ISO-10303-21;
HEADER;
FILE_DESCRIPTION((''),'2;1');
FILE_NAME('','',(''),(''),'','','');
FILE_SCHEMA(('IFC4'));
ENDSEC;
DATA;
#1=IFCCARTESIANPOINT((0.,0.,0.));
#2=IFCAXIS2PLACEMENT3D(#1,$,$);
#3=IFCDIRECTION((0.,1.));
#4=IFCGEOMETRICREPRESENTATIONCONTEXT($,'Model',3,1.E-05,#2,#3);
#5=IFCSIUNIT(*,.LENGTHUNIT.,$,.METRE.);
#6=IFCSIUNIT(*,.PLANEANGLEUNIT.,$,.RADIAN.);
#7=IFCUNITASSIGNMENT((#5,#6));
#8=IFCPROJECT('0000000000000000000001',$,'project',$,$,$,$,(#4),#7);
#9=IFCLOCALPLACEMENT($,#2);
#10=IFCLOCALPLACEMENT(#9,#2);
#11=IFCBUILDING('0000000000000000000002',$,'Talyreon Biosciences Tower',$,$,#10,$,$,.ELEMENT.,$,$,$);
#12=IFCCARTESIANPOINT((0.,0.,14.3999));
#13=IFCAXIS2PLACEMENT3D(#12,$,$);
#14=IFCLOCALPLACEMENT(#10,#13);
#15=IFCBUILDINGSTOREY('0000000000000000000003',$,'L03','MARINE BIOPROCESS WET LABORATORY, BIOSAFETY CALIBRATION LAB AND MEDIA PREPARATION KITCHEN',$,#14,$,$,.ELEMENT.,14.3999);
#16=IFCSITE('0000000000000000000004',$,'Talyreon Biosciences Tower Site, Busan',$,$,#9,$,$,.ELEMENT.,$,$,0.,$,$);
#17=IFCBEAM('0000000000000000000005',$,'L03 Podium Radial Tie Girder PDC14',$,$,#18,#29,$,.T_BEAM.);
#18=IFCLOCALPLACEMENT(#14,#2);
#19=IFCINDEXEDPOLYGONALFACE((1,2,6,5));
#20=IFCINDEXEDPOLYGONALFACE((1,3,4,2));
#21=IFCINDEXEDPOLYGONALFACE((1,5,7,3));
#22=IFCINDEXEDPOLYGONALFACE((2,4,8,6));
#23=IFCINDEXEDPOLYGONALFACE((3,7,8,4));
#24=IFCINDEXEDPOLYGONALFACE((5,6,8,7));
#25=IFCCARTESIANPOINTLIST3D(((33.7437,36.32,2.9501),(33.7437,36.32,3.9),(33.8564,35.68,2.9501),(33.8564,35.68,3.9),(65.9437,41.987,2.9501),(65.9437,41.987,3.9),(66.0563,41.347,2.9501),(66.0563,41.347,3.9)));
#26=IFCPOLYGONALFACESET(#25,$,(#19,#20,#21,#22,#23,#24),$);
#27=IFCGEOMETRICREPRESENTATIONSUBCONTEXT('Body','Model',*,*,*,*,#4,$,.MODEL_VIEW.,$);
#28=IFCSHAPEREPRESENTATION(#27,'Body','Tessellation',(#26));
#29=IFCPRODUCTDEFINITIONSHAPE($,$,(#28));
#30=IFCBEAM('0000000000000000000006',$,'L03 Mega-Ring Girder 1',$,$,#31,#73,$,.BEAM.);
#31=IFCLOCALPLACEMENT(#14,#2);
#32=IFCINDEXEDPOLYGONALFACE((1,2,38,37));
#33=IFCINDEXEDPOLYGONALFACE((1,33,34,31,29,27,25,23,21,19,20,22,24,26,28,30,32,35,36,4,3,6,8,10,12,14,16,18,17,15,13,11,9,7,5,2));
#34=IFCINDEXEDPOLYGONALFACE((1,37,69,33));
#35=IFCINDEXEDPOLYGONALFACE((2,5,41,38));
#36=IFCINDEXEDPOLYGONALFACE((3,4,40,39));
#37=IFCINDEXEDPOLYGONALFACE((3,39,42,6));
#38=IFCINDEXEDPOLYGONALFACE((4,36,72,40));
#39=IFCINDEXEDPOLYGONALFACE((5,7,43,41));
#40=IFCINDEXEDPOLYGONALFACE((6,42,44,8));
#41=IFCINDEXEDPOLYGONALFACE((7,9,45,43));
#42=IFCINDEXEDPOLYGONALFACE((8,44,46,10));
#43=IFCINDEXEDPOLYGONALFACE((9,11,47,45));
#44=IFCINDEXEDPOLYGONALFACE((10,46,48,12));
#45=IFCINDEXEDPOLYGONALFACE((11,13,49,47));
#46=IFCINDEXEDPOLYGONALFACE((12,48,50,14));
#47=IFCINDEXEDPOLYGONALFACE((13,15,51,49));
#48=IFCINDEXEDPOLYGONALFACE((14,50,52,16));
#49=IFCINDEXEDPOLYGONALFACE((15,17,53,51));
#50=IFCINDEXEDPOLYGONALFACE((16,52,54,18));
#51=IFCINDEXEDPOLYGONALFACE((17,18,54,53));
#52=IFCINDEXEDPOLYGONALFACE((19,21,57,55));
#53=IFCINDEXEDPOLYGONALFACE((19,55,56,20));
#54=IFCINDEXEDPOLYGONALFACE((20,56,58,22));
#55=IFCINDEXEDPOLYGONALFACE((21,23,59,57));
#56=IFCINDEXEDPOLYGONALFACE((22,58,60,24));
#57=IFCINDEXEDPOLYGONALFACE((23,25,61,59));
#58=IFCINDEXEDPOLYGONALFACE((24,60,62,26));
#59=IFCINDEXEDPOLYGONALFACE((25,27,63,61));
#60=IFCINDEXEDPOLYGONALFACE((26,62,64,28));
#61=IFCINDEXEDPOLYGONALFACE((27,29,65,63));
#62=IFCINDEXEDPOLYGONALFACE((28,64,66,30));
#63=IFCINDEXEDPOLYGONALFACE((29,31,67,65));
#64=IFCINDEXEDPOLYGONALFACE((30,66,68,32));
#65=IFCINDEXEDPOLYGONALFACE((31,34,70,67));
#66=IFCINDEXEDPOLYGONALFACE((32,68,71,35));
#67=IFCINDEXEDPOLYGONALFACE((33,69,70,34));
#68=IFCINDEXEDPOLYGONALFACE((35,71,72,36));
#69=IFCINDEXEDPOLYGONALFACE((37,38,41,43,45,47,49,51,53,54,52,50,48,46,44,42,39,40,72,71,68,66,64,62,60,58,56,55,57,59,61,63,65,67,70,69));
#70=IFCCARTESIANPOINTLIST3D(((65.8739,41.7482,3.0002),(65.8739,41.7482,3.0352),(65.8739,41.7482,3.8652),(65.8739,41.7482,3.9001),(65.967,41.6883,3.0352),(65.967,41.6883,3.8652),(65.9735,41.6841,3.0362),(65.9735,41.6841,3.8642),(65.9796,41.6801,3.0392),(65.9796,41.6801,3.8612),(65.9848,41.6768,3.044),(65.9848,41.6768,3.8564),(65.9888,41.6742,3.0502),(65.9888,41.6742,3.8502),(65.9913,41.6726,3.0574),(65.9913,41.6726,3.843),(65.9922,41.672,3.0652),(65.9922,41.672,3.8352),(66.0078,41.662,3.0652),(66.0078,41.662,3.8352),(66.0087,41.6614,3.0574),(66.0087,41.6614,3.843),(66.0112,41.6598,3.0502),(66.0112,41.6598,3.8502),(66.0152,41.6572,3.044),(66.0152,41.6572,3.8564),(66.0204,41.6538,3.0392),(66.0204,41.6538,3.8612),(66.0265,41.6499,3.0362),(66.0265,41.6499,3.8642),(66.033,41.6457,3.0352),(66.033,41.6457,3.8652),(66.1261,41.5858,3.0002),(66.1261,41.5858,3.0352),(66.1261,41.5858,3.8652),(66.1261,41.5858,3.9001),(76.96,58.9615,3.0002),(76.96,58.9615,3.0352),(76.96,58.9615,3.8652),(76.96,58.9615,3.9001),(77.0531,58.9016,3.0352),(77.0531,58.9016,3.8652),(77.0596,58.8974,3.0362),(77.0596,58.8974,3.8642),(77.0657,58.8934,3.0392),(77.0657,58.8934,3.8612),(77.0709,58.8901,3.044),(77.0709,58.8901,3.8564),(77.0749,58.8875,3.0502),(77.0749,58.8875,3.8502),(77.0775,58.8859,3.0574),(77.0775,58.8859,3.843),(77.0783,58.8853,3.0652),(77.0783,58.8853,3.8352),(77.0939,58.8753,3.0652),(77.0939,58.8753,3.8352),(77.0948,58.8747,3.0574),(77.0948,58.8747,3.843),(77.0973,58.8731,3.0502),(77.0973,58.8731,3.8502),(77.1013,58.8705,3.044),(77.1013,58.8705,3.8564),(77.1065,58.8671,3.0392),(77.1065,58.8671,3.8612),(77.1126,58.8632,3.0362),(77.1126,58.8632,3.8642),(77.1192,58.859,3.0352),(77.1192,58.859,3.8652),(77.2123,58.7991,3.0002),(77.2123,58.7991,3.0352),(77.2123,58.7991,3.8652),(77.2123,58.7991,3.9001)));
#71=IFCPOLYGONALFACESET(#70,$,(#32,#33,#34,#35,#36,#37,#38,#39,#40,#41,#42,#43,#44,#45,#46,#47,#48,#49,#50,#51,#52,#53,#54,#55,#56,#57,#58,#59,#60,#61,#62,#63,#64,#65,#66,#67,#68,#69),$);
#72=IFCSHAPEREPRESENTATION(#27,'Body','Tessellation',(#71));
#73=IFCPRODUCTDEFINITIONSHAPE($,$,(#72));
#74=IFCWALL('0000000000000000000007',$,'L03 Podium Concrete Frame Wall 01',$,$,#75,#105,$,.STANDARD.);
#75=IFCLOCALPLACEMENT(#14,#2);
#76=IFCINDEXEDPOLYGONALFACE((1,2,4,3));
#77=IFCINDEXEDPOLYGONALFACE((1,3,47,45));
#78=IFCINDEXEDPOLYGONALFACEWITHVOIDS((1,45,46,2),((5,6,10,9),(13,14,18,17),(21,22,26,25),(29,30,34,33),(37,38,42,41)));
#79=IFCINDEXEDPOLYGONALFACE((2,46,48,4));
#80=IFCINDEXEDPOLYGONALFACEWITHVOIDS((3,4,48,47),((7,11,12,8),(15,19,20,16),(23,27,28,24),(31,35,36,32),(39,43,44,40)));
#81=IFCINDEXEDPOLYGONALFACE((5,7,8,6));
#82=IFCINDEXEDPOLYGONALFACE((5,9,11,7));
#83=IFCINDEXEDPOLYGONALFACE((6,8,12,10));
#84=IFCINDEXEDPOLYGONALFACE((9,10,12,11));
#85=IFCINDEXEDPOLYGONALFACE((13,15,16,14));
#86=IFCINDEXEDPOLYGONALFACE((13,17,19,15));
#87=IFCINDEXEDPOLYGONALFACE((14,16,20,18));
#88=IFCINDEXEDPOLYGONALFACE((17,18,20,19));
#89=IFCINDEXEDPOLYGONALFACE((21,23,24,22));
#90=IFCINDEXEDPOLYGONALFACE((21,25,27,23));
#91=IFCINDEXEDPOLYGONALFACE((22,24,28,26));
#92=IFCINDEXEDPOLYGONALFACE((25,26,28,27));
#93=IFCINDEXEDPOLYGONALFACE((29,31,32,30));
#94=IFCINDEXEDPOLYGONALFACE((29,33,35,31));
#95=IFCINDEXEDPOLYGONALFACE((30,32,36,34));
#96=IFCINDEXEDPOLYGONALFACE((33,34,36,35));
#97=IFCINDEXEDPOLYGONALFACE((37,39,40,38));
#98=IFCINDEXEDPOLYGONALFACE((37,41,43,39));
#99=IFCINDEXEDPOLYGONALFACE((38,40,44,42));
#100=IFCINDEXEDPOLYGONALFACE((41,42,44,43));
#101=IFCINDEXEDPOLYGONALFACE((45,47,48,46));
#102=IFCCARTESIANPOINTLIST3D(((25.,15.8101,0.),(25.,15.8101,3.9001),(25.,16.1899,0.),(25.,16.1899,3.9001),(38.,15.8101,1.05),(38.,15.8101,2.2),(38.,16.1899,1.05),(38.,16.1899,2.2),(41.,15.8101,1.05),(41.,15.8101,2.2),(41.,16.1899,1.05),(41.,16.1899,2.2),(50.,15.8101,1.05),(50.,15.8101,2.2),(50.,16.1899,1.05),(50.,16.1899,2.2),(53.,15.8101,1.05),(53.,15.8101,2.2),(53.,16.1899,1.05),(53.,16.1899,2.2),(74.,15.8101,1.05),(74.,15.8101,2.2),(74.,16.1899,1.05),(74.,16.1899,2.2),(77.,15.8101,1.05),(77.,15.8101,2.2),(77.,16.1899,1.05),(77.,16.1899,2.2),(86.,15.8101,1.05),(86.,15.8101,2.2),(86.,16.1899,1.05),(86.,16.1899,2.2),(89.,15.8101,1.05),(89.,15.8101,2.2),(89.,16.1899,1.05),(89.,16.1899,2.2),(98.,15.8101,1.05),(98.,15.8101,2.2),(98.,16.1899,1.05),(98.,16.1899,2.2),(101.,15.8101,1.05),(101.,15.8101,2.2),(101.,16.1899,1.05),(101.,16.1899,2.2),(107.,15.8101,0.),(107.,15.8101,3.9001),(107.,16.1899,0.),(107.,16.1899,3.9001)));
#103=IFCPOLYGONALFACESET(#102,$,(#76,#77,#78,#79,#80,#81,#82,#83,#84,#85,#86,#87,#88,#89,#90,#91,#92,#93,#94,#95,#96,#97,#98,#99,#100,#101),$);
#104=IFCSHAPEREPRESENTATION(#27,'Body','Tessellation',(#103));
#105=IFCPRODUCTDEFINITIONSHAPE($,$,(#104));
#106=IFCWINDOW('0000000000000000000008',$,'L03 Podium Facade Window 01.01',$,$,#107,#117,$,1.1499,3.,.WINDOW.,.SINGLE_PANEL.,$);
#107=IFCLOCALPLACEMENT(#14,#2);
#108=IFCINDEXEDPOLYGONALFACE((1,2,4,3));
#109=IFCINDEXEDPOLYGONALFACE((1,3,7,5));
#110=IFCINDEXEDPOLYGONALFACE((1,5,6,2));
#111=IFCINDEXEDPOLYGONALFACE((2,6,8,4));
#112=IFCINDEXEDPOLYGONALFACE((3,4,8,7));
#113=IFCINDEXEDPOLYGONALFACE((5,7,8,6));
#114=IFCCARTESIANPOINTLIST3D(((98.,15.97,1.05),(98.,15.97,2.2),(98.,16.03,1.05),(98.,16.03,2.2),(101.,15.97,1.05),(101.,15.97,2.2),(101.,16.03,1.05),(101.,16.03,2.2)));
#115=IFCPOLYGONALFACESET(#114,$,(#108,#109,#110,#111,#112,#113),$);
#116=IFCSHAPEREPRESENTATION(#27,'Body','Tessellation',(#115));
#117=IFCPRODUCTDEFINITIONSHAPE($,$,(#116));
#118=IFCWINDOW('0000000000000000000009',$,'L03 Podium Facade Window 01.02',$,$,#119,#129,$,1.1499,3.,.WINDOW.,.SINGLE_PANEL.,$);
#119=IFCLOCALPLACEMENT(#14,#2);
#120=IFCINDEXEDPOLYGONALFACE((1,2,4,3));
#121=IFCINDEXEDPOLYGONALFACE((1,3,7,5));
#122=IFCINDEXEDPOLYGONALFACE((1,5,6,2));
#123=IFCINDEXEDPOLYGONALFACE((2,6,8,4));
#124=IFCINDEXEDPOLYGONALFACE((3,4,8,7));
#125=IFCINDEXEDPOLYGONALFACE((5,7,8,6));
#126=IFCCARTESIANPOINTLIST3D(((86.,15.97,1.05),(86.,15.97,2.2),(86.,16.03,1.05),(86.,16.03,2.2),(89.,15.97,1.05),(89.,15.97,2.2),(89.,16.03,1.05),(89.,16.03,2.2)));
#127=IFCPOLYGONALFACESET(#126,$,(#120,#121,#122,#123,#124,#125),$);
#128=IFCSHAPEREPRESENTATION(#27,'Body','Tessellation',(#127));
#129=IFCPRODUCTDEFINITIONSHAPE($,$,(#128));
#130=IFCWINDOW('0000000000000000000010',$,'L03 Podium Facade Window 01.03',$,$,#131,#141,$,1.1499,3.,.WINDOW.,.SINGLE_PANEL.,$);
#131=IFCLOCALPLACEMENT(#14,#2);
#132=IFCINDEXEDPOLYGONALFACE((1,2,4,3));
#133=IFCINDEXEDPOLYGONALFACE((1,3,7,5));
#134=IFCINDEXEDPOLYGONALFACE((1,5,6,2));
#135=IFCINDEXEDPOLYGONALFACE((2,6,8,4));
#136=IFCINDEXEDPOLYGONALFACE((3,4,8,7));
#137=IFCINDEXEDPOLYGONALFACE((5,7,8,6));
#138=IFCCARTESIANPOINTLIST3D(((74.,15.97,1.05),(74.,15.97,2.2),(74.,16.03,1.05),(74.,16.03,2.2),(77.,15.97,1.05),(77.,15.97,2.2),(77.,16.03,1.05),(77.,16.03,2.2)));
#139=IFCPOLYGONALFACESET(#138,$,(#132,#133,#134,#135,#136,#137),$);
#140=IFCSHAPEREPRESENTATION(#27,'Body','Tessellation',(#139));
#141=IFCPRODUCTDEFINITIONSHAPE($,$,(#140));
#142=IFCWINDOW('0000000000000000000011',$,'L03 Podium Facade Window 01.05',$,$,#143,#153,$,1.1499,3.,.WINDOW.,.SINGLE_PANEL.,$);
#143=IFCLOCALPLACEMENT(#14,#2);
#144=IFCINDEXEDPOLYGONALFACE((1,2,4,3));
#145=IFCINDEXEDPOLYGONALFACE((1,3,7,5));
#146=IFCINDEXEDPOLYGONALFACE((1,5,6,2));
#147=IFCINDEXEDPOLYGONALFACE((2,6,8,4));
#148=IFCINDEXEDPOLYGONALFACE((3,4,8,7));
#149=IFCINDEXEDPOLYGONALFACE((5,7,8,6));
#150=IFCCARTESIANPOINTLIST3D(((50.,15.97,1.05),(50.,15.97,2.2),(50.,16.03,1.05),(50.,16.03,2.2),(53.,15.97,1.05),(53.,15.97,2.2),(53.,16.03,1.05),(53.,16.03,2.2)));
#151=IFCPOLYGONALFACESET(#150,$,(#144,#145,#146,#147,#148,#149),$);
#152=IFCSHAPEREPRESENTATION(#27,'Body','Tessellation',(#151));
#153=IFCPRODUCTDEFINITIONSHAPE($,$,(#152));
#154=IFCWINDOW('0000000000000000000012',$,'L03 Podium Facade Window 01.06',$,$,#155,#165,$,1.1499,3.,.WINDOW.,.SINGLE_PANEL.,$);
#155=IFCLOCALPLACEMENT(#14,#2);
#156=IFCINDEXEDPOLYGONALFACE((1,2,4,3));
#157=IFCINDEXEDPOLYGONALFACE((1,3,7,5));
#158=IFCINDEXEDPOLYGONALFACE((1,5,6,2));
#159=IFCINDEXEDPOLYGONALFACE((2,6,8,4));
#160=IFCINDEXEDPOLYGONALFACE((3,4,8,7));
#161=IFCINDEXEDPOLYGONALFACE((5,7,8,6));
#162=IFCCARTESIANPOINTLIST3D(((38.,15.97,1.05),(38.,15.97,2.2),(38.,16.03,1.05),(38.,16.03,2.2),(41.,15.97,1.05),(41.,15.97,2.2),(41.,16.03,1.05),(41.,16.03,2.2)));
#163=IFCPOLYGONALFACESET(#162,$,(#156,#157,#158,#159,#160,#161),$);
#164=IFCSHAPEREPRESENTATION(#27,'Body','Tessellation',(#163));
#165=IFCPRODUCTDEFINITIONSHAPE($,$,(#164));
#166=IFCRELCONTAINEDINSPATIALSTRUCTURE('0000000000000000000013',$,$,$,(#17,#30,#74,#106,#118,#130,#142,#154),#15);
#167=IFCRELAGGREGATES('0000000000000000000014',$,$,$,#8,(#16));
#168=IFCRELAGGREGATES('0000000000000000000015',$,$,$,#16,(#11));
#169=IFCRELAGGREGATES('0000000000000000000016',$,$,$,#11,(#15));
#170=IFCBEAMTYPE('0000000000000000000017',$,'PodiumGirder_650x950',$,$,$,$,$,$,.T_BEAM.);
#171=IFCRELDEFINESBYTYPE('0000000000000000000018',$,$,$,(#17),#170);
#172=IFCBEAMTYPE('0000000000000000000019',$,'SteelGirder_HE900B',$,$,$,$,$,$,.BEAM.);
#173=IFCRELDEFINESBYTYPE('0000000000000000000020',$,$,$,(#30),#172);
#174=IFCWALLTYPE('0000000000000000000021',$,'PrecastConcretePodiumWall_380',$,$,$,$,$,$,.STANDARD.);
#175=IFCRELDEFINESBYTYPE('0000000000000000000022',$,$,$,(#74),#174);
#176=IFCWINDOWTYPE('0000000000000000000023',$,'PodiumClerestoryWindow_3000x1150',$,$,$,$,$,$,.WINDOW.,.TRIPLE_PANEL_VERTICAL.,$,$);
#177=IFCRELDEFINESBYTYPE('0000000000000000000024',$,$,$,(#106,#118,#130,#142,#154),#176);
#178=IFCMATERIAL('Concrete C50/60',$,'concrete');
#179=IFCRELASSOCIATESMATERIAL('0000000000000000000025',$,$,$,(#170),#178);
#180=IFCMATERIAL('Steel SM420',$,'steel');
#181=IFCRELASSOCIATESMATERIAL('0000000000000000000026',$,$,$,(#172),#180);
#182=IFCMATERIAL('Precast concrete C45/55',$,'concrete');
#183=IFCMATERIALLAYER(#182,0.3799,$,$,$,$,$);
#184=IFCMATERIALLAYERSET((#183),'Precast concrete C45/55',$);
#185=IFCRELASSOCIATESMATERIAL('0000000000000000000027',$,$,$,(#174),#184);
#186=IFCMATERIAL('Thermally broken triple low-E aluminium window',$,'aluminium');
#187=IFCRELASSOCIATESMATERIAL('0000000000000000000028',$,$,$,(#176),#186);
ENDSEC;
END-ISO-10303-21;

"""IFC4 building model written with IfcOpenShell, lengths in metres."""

from ifc_helpers import new_model, si_unit, direction, frame, frame_2d, origin, origin_2d, place, context, subcontext, project, spatial, rectangle, i_section, extrude, material, layer, layer_set, material_profile, profile_set, type_object, element, fill, save


model = new_model("IFC4")

# Units and contexts
model_context = context("Model", 3, precision=1e-05, world=origin(), true_north=direction((0.0, 1.0)))
body_context = subcontext(model_context, "Body", "Model", "MODEL_VIEW")
ifc_project = project(units=[si_unit("LENGTHUNIT", "METRE"), si_unit("PLANEANGLEUNIT", "RADIAN")], contexts=[model_context])

# Site, building, storey
site_placement = place(None, origin())
site = spatial("IfcSite", under=ifc_project, at=site_placement, Name="Talyreon Biosciences Tower Site, Busan", CompositionType="ELEMENT", RefElevation=0.0)
building_placement = place(site_placement, origin())
building = spatial("IfcBuilding", under=site, at=building_placement, Name="Talyreon Biosciences Tower", CompositionType="ELEMENT")
storey_placement = place(building_placement, frame((0.0, 0.0, 14.3999)))
storey = spatial("IfcBuildingStorey", under=building, at=storey_placement, Name="L03", Description="MARINE BIOPROCESS WET LABORATORY, BIOSAFETY CALIBRATION LAB AND MEDIA PREPARATION KITCHEN", CompositionType="ELEMENT", Elevation=14.3999)

# Beams
ifc_material_1 = material(Name="Concrete C50/60", Category="concrete")
ifc_material_profile_1 = material_profile(ifc_material_1, rectangle(XDim=0.6499, YDim=0.95, at=origin_2d()), Name="RCB 650x950")
ifc_profile_set_1 = profile_set([ifc_material_profile_1], Name="Concrete C50/60")
beam_type_1 = type_object("IfcBeamType", Name="PodiumGirder_650x950", PredefinedType="T_BEAM", material=ifc_profile_set_1)
beam_1_placement = place(storey_placement, frame((66.0, 41.667, 3.425), z_axis=(-0.984864, -0.17333, 0.0), x_axis=(0.17333, -0.984864, 0.0)))
element("IfcBeam", 1, at=beam_1_placement, inside=storey, type_object=beam_type_1, Name="L03 Podium Radial Tie Girder PDC14", PredefinedType="T_BEAM", context=body_context, shape_type="SweptSolid", body=[
    extrude(rectangle(XDim=0.6499, YDim=0.95, at=origin_2d()), origin(), (0.0, 0.0, 1.0), 32.6948),
])
ifc_material_2 = material(Name="Steel SM420", Category="steel")
ifc_material_profile_2 = material_profile(ifc_material_2, i_section(OverallWidth=0.3, OverallDepth=0.8999, WebThickness=0.0186, FlangeThickness=0.0349, FilletRadius=0.03, at=origin_2d()), Name="HE900B")
ifc_profile_set_2 = profile_set([ifc_material_profile_2], Name="Steel SM420")
beam_type_2 = type_object("IfcBeamType", Name="SteelGirder_HE900B", PredefinedType="BEAM", material=ifc_profile_set_2)
beam_2_placement = place(storey_placement, frame((66.0, 41.667, 3.4502), z_axis=(0.541464, 0.840724, 0.0), x_axis=(-0.840724, 0.541464, 0.0)))
element("IfcBeam", 2, at=beam_2_placement, inside=storey, type_object=beam_type_2, Name="L03 Mega-Ring Girder 1", PredefinedType="BEAM", context=body_context, shape_type="SweptSolid", body=[
    extrude(i_section(OverallWidth=0.3, OverallDepth=0.8999, WebThickness=0.0186, FlangeThickness=0.0349, FilletRadius=0.03, at=origin_2d()), origin(), (0.0, 0.0, 1.0), 20.4744),
])

# Wall, openings, windows
ifc_material_3 = material(Name="Precast concrete C45/55", Category="concrete")
ifc_layer = layer(ifc_material_3, 0.3799)
ifc_layer_set = layer_set([ifc_layer], Name="Precast concrete C45/55")
wall_type = type_object("IfcWallType", Name="PrecastConcretePodiumWall_380", PredefinedType="STANDARD", material=ifc_layer_set)
wall_placement = place(storey_placement, frame((107.0, 16.0, 0.0), z_axis=(0.0, 0.0, 1.0), x_axis=(-1.0, 0.0, 0.0)))
wall = element("IfcWall", 3, at=wall_placement, inside=storey, type_object=wall_type, Name="L03 Podium Concrete Frame Wall 01", PredefinedType="STANDARD", context=body_context, shape_type="SweptSolid", body=[
    extrude(rectangle(XDim=82.0, YDim=0.3799, at=frame_2d((41.0, 0.0))), origin(), (0.0, 0.0, 1.0), 3.9001),
])
opening_1_placement = place(wall_placement, frame((6.0, 0.0, 1.05)))
opening_1 = element("IfcOpeningElement", 4, at=opening_1_placement, cuts=wall, PredefinedType="OPENING", context=body_context, shape_type="SweptSolid", body=[
    extrude(rectangle(XDim=3.0, YDim=1.1499, at=frame_2d((1.5, 0.575))), frame((0.0, 0.2, 0.0), z_axis=(0.0, -1.0, 0.0), x_axis=(1.0, 0.0, 0.0)), (0.0, 0.0, 1.0), 0.3999),
])
opening_2_placement = place(wall_placement, frame((18.0, 0.0, 1.05)))
opening_2 = element("IfcOpeningElement", 5, at=opening_2_placement, cuts=wall, PredefinedType="OPENING", context=body_context, shape_type="SweptSolid", body=[
    extrude(rectangle(XDim=3.0, YDim=1.1499, at=frame_2d((1.5, 0.575))), frame((0.0, 0.2, 0.0), z_axis=(0.0, -1.0, 0.0), x_axis=(1.0, 0.0, 0.0)), (0.0, 0.0, 1.0), 0.3999),
])
opening_3_placement = place(wall_placement, frame((30.0, 0.0, 1.05)))
opening_3 = element("IfcOpeningElement", 6, at=opening_3_placement, cuts=wall, PredefinedType="OPENING", context=body_context, shape_type="SweptSolid", body=[
    extrude(rectangle(XDim=3.0, YDim=1.1499, at=frame_2d((1.5, 0.575))), frame((0.0, 0.2, 0.0), z_axis=(0.0, -1.0, 0.0), x_axis=(1.0, 0.0, 0.0)), (0.0, 0.0, 1.0), 0.3999),
])
opening_4_placement = place(wall_placement, frame((54.0, 0.0, 1.05)))
opening_4 = element("IfcOpeningElement", 7, at=opening_4_placement, cuts=wall, PredefinedType="OPENING", context=body_context, shape_type="SweptSolid", body=[
    extrude(rectangle(XDim=3.0, YDim=1.1499, at=frame_2d((1.5, 0.575))), frame((0.0, 0.2, 0.0), z_axis=(0.0, -1.0, 0.0), x_axis=(1.0, 0.0, 0.0)), (0.0, 0.0, 1.0), 0.3999),
])
opening_5_placement = place(wall_placement, frame((66.0, 0.0, 1.05)))
opening_5 = element("IfcOpeningElement", 8, at=opening_5_placement, cuts=wall, PredefinedType="OPENING", context=body_context, shape_type="SweptSolid", body=[
    extrude(rectangle(XDim=3.0, YDim=1.1499, at=frame_2d((1.5, 0.575))), frame((0.0, 0.2, 0.0), z_axis=(0.0, -1.0, 0.0), x_axis=(1.0, 0.0, 0.0)), (0.0, 0.0, 1.0), 0.3999),
])
ifc_material_4 = material(Name="Thermally broken triple low-E aluminium window", Category="aluminium")
window_type = type_object("IfcWindowType", Name="PodiumClerestoryWindow_3000x1150", PartitioningType="TRIPLE_PANEL_VERTICAL", PredefinedType="WINDOW", material=ifc_material_4)
window_1_placement = place(opening_1_placement, origin())
window_1 = element("IfcWindow", 9, at=window_1_placement, inside=storey, type_object=window_type, Name="L03 Podium Facade Window 01.01", OverallHeight=1.1499, OverallWidth=3.0, PartitioningType="SINGLE_PANEL", PredefinedType="WINDOW", context=body_context, shape_type="SweptSolid", body=[
    extrude(rectangle(XDim=3.0, YDim=1.1499, at=frame_2d((1.5, 0.575))), frame((0.0, 0.03, 0.0), z_axis=(0.0, -1.0, 0.0), x_axis=(1.0, 0.0, 0.0)), (0.0, 0.0, 1.0), 0.0601),
])
fill(opening_1, window_1)
window_2_placement = place(opening_2_placement, origin())
window_2 = element("IfcWindow", 10, at=window_2_placement, inside=storey, type_object=window_type, Name="L03 Podium Facade Window 01.02", OverallHeight=1.1499, OverallWidth=3.0, PartitioningType="SINGLE_PANEL", PredefinedType="WINDOW", context=body_context, shape_type="SweptSolid", body=[
    extrude(rectangle(XDim=3.0, YDim=1.1499, at=frame_2d((1.5, 0.575))), frame((0.0, 0.03, 0.0), z_axis=(0.0, -1.0, 0.0), x_axis=(1.0, 0.0, 0.0)), (0.0, 0.0, 1.0), 0.0601),
])
fill(opening_2, window_2)
window_3_placement = place(opening_3_placement, origin())
window_3 = element("IfcWindow", 11, at=window_3_placement, inside=storey, type_object=window_type, Name="L03 Podium Facade Window 01.03", OverallHeight=1.1499, OverallWidth=3.0, PartitioningType="SINGLE_PANEL", PredefinedType="WINDOW", context=body_context, shape_type="SweptSolid", body=[
    extrude(rectangle(XDim=3.0, YDim=1.1499, at=frame_2d((1.5, 0.575))), frame((0.0, 0.03, 0.0), z_axis=(0.0, -1.0, 0.0), x_axis=(1.0, 0.0, 0.0)), (0.0, 0.0, 1.0), 0.0601),
])
fill(opening_3, window_3)
window_4_placement = place(opening_4_placement, origin())
window_4 = element("IfcWindow", 12, at=window_4_placement, inside=storey, type_object=window_type, Name="L03 Podium Facade Window 01.05", OverallHeight=1.1499, OverallWidth=3.0, PartitioningType="SINGLE_PANEL", PredefinedType="WINDOW", context=body_context, shape_type="SweptSolid", body=[
    extrude(rectangle(XDim=3.0, YDim=1.1499, at=frame_2d((1.5, 0.575))), frame((0.0, 0.03, 0.0), z_axis=(0.0, -1.0, 0.0), x_axis=(1.0, 0.0, 0.0)), (0.0, 0.0, 1.0), 0.0601),
])
fill(opening_4, window_4)
window_5_placement = place(opening_5_placement, origin())
window_5 = element("IfcWindow", 13, at=window_5_placement, inside=storey, type_object=window_type, Name="L03 Podium Facade Window 01.06", OverallHeight=1.1499, OverallWidth=3.0, PartitioningType="SINGLE_PANEL", PredefinedType="WINDOW", context=body_context, shape_type="SweptSolid", body=[
    extrude(rectangle(XDim=3.0, YDim=1.1499, at=frame_2d((1.5, 0.575))), frame((0.0, 0.03, 0.0), z_axis=(0.0, -1.0, 0.0), x_axis=(1.0, 0.0, 0.0)), (0.0, 0.0, 1.0), 0.0601),
])
fill(opening_5, window_5)

save(model, "model.ifc")
